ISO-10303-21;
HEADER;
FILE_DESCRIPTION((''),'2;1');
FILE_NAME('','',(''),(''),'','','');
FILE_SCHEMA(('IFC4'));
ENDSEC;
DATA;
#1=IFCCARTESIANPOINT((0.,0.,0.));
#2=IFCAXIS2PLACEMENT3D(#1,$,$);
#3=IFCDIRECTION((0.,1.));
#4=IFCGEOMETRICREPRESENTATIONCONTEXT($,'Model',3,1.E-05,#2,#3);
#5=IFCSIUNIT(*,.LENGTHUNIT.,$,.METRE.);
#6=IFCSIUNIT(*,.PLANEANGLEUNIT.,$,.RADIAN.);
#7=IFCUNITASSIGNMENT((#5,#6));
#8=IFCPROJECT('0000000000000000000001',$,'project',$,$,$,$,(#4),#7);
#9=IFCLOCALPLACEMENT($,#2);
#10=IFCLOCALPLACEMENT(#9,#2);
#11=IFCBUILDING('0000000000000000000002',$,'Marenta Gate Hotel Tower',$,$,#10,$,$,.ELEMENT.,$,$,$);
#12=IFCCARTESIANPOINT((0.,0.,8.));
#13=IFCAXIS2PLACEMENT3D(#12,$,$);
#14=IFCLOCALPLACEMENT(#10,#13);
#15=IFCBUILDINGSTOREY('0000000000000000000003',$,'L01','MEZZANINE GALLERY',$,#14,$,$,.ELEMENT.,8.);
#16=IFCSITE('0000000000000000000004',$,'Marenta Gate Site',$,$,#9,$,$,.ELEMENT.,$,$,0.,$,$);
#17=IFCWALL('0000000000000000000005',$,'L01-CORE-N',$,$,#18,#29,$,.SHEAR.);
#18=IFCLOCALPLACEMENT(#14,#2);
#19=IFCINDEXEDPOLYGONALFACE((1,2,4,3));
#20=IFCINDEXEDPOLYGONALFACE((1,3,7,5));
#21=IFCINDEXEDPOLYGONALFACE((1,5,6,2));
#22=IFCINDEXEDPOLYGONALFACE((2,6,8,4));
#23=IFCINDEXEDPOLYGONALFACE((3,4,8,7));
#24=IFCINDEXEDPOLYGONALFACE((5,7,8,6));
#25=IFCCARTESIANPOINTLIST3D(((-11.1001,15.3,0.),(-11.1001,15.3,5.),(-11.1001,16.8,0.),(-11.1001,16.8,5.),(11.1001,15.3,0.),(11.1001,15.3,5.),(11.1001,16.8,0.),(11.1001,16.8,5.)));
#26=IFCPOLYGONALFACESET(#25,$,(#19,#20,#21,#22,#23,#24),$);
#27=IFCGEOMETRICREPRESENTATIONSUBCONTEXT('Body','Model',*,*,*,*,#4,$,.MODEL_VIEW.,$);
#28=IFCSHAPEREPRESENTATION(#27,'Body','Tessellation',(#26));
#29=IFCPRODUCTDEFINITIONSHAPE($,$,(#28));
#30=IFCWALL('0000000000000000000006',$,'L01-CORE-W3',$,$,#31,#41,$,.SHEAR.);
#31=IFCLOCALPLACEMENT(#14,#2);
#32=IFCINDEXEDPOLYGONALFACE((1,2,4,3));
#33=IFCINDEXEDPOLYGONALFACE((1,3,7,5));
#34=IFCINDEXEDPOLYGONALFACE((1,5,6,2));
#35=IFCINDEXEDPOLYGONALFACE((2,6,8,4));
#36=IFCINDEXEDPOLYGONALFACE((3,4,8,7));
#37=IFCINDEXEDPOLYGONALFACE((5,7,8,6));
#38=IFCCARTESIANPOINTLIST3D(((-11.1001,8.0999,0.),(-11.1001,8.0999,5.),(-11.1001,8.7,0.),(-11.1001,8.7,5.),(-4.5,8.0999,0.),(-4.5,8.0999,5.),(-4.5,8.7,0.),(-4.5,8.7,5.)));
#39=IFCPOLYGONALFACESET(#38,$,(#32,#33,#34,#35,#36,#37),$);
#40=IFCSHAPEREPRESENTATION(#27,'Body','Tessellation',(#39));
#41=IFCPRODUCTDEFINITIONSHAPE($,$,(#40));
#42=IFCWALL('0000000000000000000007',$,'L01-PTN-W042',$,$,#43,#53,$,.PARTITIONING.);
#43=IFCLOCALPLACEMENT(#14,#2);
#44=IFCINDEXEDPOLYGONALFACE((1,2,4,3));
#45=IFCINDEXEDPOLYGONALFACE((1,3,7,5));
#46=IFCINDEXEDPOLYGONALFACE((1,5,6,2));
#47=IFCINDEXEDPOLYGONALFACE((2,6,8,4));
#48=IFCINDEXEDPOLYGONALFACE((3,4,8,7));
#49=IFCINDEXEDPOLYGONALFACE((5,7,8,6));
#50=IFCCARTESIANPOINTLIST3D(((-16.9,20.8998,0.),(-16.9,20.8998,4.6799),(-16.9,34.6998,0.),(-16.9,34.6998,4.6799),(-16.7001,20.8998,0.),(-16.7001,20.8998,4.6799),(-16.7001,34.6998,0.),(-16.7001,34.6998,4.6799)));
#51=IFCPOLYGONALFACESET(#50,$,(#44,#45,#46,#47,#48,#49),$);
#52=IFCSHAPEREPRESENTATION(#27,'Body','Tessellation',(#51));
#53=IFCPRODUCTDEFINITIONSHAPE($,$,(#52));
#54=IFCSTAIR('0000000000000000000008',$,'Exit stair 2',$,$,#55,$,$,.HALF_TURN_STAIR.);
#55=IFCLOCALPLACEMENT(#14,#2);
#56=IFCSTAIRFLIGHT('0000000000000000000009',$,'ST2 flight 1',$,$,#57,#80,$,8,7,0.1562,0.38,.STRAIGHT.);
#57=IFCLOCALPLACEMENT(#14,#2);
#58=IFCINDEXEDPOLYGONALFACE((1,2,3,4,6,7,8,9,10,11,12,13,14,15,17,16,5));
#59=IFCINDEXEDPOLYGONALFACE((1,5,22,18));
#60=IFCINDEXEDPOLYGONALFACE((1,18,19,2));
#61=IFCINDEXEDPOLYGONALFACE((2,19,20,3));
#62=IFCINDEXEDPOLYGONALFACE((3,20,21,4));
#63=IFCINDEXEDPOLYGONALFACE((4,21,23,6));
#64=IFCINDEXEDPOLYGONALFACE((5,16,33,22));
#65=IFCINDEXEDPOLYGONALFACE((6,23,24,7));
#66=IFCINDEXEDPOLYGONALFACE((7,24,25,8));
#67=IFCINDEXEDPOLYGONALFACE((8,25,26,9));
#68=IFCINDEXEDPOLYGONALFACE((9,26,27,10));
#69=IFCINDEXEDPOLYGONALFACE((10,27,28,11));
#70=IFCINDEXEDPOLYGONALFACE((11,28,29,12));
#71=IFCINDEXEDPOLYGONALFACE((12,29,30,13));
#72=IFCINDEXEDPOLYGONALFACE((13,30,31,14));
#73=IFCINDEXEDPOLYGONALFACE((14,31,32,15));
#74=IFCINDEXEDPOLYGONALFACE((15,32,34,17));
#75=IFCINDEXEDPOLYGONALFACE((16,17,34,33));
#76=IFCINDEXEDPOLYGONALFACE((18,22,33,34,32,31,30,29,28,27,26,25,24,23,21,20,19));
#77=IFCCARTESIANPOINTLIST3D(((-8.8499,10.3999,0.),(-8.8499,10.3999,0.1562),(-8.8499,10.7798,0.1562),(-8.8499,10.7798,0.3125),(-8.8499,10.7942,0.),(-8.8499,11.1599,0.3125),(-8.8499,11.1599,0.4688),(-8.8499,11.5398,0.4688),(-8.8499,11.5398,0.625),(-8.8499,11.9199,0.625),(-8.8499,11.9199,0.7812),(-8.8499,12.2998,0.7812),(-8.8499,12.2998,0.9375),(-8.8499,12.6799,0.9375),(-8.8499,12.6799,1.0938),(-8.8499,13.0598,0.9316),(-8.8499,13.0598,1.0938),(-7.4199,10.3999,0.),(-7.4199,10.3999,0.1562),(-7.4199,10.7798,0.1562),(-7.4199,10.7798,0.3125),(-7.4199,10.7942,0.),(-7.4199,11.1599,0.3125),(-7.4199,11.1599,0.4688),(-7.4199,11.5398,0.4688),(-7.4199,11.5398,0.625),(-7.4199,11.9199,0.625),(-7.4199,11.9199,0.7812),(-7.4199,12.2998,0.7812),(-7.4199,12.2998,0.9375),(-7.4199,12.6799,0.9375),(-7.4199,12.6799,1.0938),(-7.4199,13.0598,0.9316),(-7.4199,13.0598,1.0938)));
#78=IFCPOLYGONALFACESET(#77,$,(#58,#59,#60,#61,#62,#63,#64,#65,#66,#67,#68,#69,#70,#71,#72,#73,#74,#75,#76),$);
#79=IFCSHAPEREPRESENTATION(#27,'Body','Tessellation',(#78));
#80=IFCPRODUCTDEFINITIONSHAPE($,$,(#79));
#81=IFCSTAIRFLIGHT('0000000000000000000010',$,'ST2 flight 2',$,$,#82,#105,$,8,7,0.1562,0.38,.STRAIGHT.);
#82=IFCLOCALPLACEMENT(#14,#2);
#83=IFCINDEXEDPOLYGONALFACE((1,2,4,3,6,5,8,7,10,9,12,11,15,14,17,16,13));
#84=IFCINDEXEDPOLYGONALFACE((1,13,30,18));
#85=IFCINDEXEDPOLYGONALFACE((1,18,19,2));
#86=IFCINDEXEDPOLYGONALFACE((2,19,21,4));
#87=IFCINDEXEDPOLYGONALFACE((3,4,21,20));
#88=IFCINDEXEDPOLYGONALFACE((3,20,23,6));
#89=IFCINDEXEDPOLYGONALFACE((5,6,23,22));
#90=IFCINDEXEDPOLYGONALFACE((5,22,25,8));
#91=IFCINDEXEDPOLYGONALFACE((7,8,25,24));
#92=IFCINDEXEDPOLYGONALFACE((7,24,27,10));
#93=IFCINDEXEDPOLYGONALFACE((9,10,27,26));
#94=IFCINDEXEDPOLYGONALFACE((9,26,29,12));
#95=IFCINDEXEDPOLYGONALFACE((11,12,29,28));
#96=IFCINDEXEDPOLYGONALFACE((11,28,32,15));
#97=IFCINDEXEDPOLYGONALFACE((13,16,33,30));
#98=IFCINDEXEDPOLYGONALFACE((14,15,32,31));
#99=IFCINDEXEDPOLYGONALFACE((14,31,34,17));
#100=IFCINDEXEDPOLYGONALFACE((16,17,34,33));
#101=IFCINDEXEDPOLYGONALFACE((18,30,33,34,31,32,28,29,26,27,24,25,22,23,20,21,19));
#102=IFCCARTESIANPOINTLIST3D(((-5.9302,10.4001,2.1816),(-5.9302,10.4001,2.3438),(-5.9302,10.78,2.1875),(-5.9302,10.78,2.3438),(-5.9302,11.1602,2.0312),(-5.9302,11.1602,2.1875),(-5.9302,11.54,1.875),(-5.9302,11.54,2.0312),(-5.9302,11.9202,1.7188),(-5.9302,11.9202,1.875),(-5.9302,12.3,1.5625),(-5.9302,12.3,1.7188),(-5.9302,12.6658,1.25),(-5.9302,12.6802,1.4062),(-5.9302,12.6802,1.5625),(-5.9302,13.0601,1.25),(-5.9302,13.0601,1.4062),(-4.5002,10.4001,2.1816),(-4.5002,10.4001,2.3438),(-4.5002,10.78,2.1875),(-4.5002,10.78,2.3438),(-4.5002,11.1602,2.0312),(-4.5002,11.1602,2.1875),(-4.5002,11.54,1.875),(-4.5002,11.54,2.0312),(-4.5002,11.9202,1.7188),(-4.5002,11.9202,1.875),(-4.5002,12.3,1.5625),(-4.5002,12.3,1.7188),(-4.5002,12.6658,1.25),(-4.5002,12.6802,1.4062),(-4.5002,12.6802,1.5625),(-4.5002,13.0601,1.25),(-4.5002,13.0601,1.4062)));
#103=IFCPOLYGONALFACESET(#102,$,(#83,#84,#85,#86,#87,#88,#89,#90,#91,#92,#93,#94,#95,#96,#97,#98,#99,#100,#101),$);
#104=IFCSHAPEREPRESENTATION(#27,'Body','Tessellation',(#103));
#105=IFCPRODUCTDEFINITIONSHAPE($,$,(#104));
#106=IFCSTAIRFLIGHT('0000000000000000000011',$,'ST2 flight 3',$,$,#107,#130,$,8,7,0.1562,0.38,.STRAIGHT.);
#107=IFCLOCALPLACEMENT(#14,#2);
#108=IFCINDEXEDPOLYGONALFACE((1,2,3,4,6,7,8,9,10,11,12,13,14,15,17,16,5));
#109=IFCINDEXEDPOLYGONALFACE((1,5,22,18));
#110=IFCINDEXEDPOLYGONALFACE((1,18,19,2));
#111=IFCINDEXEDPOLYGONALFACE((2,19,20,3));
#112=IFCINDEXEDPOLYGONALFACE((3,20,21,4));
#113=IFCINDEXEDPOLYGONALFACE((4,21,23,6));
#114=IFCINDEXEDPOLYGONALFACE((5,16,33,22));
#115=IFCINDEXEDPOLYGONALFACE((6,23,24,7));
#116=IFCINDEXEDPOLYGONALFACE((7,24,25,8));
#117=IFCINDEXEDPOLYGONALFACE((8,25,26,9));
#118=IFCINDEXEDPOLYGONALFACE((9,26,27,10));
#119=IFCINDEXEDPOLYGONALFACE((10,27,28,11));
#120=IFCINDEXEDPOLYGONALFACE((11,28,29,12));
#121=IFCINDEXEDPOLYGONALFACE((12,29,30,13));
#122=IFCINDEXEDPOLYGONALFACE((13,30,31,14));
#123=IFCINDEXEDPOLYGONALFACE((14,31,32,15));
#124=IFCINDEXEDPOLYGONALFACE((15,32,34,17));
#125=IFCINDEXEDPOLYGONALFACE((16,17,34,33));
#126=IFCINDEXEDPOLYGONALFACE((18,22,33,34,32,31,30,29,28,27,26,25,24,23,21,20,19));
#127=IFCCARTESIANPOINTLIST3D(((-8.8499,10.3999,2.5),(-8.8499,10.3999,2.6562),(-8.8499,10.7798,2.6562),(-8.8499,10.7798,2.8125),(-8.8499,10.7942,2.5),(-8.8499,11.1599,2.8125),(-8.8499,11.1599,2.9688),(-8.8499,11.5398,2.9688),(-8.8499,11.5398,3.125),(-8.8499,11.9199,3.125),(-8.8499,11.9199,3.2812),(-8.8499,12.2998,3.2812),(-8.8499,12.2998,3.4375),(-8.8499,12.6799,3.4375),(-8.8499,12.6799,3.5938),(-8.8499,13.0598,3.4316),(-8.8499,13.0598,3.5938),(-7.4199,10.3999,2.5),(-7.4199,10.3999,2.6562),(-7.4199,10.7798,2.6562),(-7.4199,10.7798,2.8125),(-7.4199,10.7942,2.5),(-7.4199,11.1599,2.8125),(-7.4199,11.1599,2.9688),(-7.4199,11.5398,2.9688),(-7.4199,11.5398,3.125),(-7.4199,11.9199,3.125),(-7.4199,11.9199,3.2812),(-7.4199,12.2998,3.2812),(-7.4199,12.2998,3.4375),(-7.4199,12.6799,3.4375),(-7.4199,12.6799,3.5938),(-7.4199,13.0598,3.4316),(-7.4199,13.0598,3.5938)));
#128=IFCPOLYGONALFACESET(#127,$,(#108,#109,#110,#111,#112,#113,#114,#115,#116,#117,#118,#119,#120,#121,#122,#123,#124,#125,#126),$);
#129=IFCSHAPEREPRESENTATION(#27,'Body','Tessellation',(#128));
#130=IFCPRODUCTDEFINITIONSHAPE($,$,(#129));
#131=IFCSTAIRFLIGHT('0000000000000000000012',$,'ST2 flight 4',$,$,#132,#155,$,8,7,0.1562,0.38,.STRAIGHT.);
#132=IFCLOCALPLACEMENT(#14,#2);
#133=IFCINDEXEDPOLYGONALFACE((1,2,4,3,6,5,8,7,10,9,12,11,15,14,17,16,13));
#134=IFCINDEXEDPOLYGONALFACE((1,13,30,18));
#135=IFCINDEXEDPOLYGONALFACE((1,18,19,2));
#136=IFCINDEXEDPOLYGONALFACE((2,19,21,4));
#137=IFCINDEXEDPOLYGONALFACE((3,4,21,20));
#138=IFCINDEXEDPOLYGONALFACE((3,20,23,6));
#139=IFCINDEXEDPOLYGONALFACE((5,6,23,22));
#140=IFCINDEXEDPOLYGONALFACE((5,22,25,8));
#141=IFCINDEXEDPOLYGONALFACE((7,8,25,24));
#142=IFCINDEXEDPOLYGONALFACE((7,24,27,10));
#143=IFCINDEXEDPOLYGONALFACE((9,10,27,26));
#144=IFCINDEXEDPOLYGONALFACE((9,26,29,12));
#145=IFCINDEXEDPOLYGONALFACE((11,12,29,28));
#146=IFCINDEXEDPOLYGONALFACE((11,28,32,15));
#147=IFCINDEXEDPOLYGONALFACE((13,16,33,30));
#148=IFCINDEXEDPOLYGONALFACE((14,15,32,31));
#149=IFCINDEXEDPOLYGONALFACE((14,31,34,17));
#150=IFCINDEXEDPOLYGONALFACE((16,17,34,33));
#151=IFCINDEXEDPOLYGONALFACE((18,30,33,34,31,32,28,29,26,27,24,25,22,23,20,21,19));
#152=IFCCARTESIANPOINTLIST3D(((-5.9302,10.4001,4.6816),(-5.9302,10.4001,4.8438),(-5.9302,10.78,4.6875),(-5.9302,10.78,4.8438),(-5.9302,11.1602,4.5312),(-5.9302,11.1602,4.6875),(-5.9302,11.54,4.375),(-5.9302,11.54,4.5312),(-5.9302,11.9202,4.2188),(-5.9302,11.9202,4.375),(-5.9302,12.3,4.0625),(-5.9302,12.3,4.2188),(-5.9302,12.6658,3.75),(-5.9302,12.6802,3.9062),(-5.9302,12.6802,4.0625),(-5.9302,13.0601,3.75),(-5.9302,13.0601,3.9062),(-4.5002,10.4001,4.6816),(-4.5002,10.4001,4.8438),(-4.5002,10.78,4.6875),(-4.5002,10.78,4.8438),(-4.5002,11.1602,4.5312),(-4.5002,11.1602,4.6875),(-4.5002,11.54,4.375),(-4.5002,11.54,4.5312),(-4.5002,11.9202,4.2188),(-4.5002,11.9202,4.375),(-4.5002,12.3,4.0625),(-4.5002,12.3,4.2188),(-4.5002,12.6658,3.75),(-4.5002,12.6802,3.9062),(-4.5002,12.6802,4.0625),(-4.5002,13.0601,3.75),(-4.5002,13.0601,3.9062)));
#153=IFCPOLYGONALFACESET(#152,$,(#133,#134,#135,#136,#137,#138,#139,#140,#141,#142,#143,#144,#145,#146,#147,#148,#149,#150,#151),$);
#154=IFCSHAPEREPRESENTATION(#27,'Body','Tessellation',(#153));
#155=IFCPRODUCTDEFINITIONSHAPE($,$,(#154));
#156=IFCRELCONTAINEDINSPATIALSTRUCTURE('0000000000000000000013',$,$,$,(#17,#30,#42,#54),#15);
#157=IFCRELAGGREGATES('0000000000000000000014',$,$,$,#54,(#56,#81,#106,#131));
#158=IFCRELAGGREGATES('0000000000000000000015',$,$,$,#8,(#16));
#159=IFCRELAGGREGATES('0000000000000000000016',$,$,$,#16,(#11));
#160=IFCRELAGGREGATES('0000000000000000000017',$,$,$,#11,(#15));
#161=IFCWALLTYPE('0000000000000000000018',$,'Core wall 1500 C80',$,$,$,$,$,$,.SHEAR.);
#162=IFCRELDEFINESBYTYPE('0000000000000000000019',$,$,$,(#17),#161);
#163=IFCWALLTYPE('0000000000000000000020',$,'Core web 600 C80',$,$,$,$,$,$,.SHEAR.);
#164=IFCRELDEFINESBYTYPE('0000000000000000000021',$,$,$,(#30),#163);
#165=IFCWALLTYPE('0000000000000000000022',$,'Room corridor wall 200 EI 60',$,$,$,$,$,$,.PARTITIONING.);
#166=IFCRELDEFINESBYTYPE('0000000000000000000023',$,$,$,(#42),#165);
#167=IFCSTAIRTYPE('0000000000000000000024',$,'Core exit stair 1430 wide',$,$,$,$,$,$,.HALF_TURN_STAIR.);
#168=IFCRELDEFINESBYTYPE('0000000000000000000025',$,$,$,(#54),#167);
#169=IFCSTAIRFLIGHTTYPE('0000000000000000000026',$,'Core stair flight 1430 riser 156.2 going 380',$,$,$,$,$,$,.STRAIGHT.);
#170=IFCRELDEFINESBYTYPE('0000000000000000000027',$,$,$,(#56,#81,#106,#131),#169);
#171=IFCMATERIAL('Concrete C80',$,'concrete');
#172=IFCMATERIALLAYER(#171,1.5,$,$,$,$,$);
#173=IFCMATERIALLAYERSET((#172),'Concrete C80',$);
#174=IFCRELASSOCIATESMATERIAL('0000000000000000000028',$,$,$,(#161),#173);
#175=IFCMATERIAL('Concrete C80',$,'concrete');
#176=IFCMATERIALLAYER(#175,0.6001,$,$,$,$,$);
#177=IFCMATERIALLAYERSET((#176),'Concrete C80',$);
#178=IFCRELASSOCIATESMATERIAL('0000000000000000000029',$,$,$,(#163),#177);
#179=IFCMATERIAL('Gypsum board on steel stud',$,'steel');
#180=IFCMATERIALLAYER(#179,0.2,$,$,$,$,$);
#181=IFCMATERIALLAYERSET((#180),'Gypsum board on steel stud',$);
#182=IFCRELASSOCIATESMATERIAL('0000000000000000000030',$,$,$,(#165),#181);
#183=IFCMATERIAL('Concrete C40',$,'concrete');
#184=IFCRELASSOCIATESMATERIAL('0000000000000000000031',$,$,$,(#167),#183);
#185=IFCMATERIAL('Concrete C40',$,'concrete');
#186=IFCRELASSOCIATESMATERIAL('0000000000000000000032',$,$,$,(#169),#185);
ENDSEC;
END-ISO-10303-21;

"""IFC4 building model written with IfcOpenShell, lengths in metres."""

from ifc_helpers import new_model, si_unit, direction, frame, frame_2d, origin, place, context, subcontext, project, spatial, polyline, rectangle, outline, extrude, material, layer, layer_set, type_object, element, aggregate, save


model = new_model("IFC4")

# Units and contexts
model_context = context("Model", 3, precision=1e-05, world=origin(), true_north=direction((0.0, 1.0)))
body_context = subcontext(model_context, "Body", "Model", "MODEL_VIEW")
ifc_project = project(units=[si_unit("LENGTHUNIT", "METRE"), si_unit("PLANEANGLEUNIT", "RADIAN")], contexts=[model_context])

# Site, building, storey
site_placement = place(None, origin())
site = spatial("IfcSite", under=ifc_project, at=site_placement, Name="Marenta Gate Site", CompositionType="ELEMENT", RefElevation=0.0)
building_placement = place(site_placement, origin())
building = spatial("IfcBuilding", under=site, at=building_placement, Name="Marenta Gate Hotel Tower", CompositionType="ELEMENT")
storey_placement = place(building_placement, frame((0.0, 0.0, 8.0)))
storey = spatial("IfcBuildingStorey", under=building, at=storey_placement, Name="L01", Description="MEZZANINE GALLERY", CompositionType="ELEMENT", Elevation=8.0)

# Walls
ifc_material_1 = material(Name="Concrete C80", Category="concrete")
ifc_layer_1 = layer(ifc_material_1, 1.5)
ifc_layer_set_1 = layer_set([ifc_layer_1], Name="Concrete C80")
wall_type_1 = type_object("IfcWallType", Name="Core wall 1500 C80", PredefinedType="SHEAR", material=ifc_layer_set_1)
wall_1_placement = place(storey_placement, frame((-11.1001, 16.05, 0.0), z_axis=(0.0, 0.0, 1.0), x_axis=(1.0, 0.0, 0.0)))
element("IfcWall", 1, at=wall_1_placement, inside=storey, type_object=wall_type_1, Name="L01-CORE-N", PredefinedType="SHEAR", context=body_context, shape_type="SweptSolid", body=[
    extrude(rectangle(XDim=22.2002, YDim=1.5, at=frame_2d((11.1001, 0.0))), origin(), (0.0, 0.0, 1.0), 5.0),
])
ifc_material_2 = material(Name="Concrete C80", Category="concrete")
ifc_layer_2 = layer(ifc_material_2, 0.6001)
ifc_layer_set_2 = layer_set([ifc_layer_2], Name="Concrete C80")
wall_type_2 = type_object("IfcWallType", Name="Core web 600 C80", PredefinedType="SHEAR", material=ifc_layer_set_2)
wall_2_placement = place(storey_placement, frame((-11.1001, 8.3999, 0.0), z_axis=(0.0, 0.0, 1.0), x_axis=(1.0, 0.0, 0.0)))
element("IfcWall", 2, at=wall_2_placement, inside=storey, type_object=wall_type_2, Name="L01-CORE-W3", PredefinedType="SHEAR", context=body_context, shape_type="SweptSolid", body=[
    extrude(rectangle(XDim=6.6001, YDim=0.6001, at=frame_2d((3.3, 0.0))), origin(), (0.0, 0.0, 1.0), 5.0),
])
ifc_material_3 = material(Name="Gypsum board on steel stud", Category="steel")
ifc_layer_3 = layer(ifc_material_3, 0.2)
ifc_layer_set_3 = layer_set([ifc_layer_3], Name="Gypsum board on steel stud")
wall_type_3 = type_object("IfcWallType", Name="Room corridor wall 200 EI 60", PredefinedType="PARTITIONING", material=ifc_layer_set_3)
wall_3_placement = place(storey_placement, frame((-16.8, 20.8999, 0.0), z_axis=(0.0, 0.0, 1.0), x_axis=(0.0, 1.0, 0.0)))
element("IfcWall", 3, at=wall_3_placement, inside=storey, type_object=wall_type_3, Name="L01-PTN-W042", PredefinedType="PARTITIONING", context=body_context, shape_type="SweptSolid", body=[
    extrude(rectangle(XDim=13.8, YDim=0.2, at=frame_2d((6.8999, 0.0))), origin(), (0.0, 0.0, 1.0), 4.6799),
])

# Stair, stair flights
ifc_material_4 = material(Name="Concrete C40", Category="concrete")
stair_type = type_object("IfcStairType", Name="Core exit stair 1430 wide", PredefinedType="HALF_TURN_STAIR", material=ifc_material_4)
stair_placement = place(storey_placement, origin())
stair = element("IfcStair", 4, at=stair_placement, inside=storey, type_object=stair_type, Name="Exit stair 2", PredefinedType="HALF_TURN_STAIR")
ifc_material_5 = material(Name="Concrete C40", Category="concrete")
stair_flight_type = type_object("IfcStairFlightType", Name="Core stair flight 1430 riser 156.2 going 380", PredefinedType="STRAIGHT", material=ifc_material_5)
stair_flight_1_placement = place(storey_placement, frame((-8.135, 10.3999, 0.0), z_axis=(0.0, 0.0, 1.0), x_axis=(0.0, 1.0, 0.0)))
stair_flight_1 = element("IfcStairFlight", 5, at=stair_flight_1_placement, type_object=stair_flight_type, Name="ST2 flight 1", NumberOfRisers=8, NumberOfTreads=7, PredefinedType="STRAIGHT", RiserHeight=0.1562, TreadLength=0.38, context=body_context, shape_type="SweptSolid", body=[
    extrude(outline(polyline([(0.0, 0.0), (0.0, 0.1562), (0.3799, 0.1562), (0.3799, 0.3125), (0.76, 0.3125), (0.76, 0.4688), (1.1399, 0.4688), (1.1399, 0.625), (1.52, 0.625), (1.52, 0.7812), (1.8999, 0.7812), (1.8999, 0.9375), (2.28, 0.9375), (2.28, 1.0938), (2.6599, 1.0938), (2.6599, 1.25), (2.6599, 0.9316), (0.3943, 0.0), (0.0, 0.0)])), frame((0.0, 0.7148, 0.0), z_axis=(0.0, -1.0, 0.0), x_axis=(1.0, 0.0, 0.0)), (0.0, 0.0, 1.0), 1.4299),
])
stair_flight_2_placement = place(storey_placement, frame((-5.2151, 13.0601, 1.25), z_axis=(0.0, 0.0, 1.0), x_axis=(0.0, -1.0, 0.0)))
stair_flight_2 = element("IfcStairFlight", 6, at=stair_flight_2_placement, type_object=stair_flight_type, Name="ST2 flight 2", NumberOfRisers=8, NumberOfTreads=7, PredefinedType="STRAIGHT", RiserHeight=0.1562, TreadLength=0.38, context=body_context, shape_type="SweptSolid", body=[
    extrude(outline(polyline([(0.0, 0.0), (0.0, 0.1562), (0.3799, 0.1562), (0.3799, 0.3125), (0.76, 0.3125), (0.76, 0.4688), (1.1399, 0.4688), (1.1399, 0.625), (1.52, 0.625), (1.52, 0.7812), (1.8999, 0.7812), (1.8999, 0.9375), (2.28, 0.9375), (2.28, 1.0938), (2.6599, 1.0938), (2.6599, 1.25), (2.6599, 0.9316), (0.3943, 0.0), (0.0, 0.0)])), frame((0.0, 0.7148, 0.0), z_axis=(0.0, -1.0, 0.0), x_axis=(1.0, 0.0, 0.0)), (0.0, 0.0, 1.0), 1.4299),
])
stair_flight_3_placement = place(storey_placement, frame((-8.135, 10.3999, 2.5), z_axis=(0.0, 0.0, 1.0), x_axis=(0.0, 1.0, 0.0)))
stair_flight_3 = element("IfcStairFlight", 7, at=stair_flight_3_placement, type_object=stair_flight_type, Name="ST2 flight 3", NumberOfRisers=8, NumberOfTreads=7, PredefinedType="STRAIGHT", RiserHeight=0.1562, TreadLength=0.38, context=body_context, shape_type="SweptSolid", body=[
    extrude(outline(polyline([(0.0, 0.0), (0.0, 0.1562), (0.3799, 0.1562), (0.3799, 0.3125), (0.76, 0.3125), (0.76, 0.4688), (1.1399, 0.4688), (1.1399, 0.625), (1.52, 0.625), (1.52, 0.7812), (1.8999, 0.7812), (1.8999, 0.9375), (2.28, 0.9375), (2.28, 1.0938), (2.6599, 1.0938), (2.6599, 1.25), (2.6599, 0.9316), (0.3943, 0.0), (0.0, 0.0)])), frame((0.0, 0.7148, 0.0), z_axis=(0.0, -1.0, 0.0), x_axis=(1.0, 0.0, 0.0)), (0.0, 0.0, 1.0), 1.4299),
])
stair_flight_4_placement = place(storey_placement, frame((-5.2151, 13.0601, 3.75), z_axis=(0.0, 0.0, 1.0), x_axis=(0.0, -1.0, 0.0)))
stair_flight_4 = element("IfcStairFlight", 8, at=stair_flight_4_placement, type_object=stair_flight_type, Name="ST2 flight 4", NumberOfRisers=8, NumberOfTreads=7, PredefinedType="STRAIGHT", RiserHeight=0.1562, TreadLength=0.38, context=body_context, shape_type="SweptSolid", body=[
    extrude(outline(polyline([(0.0, 0.0), (0.0, 0.1562), (0.3799, 0.1562), (0.3799, 0.3125), (0.76, 0.3125), (0.76, 0.4688), (1.1399, 0.4688), (1.1399, 0.625), (1.52, 0.625), (1.52, 0.7812), (1.8999, 0.7812), (1.8999, 0.9375), (2.28, 0.9375), (2.28, 1.0938), (2.6599, 1.0938), (2.6599, 1.25), (2.6599, 0.9316), (0.3943, 0.0), (0.0, 0.0)])), frame((0.0, 0.7148, 0.0), z_axis=(0.0, -1.0, 0.0), x_axis=(1.0, 0.0, 0.0)), (0.0, 0.0, 1.0), 1.4299),
])
aggregate(stair, [stair_flight_1, stair_flight_2, stair_flight_3, stair_flight_4])

save(model, "model.ifc")
